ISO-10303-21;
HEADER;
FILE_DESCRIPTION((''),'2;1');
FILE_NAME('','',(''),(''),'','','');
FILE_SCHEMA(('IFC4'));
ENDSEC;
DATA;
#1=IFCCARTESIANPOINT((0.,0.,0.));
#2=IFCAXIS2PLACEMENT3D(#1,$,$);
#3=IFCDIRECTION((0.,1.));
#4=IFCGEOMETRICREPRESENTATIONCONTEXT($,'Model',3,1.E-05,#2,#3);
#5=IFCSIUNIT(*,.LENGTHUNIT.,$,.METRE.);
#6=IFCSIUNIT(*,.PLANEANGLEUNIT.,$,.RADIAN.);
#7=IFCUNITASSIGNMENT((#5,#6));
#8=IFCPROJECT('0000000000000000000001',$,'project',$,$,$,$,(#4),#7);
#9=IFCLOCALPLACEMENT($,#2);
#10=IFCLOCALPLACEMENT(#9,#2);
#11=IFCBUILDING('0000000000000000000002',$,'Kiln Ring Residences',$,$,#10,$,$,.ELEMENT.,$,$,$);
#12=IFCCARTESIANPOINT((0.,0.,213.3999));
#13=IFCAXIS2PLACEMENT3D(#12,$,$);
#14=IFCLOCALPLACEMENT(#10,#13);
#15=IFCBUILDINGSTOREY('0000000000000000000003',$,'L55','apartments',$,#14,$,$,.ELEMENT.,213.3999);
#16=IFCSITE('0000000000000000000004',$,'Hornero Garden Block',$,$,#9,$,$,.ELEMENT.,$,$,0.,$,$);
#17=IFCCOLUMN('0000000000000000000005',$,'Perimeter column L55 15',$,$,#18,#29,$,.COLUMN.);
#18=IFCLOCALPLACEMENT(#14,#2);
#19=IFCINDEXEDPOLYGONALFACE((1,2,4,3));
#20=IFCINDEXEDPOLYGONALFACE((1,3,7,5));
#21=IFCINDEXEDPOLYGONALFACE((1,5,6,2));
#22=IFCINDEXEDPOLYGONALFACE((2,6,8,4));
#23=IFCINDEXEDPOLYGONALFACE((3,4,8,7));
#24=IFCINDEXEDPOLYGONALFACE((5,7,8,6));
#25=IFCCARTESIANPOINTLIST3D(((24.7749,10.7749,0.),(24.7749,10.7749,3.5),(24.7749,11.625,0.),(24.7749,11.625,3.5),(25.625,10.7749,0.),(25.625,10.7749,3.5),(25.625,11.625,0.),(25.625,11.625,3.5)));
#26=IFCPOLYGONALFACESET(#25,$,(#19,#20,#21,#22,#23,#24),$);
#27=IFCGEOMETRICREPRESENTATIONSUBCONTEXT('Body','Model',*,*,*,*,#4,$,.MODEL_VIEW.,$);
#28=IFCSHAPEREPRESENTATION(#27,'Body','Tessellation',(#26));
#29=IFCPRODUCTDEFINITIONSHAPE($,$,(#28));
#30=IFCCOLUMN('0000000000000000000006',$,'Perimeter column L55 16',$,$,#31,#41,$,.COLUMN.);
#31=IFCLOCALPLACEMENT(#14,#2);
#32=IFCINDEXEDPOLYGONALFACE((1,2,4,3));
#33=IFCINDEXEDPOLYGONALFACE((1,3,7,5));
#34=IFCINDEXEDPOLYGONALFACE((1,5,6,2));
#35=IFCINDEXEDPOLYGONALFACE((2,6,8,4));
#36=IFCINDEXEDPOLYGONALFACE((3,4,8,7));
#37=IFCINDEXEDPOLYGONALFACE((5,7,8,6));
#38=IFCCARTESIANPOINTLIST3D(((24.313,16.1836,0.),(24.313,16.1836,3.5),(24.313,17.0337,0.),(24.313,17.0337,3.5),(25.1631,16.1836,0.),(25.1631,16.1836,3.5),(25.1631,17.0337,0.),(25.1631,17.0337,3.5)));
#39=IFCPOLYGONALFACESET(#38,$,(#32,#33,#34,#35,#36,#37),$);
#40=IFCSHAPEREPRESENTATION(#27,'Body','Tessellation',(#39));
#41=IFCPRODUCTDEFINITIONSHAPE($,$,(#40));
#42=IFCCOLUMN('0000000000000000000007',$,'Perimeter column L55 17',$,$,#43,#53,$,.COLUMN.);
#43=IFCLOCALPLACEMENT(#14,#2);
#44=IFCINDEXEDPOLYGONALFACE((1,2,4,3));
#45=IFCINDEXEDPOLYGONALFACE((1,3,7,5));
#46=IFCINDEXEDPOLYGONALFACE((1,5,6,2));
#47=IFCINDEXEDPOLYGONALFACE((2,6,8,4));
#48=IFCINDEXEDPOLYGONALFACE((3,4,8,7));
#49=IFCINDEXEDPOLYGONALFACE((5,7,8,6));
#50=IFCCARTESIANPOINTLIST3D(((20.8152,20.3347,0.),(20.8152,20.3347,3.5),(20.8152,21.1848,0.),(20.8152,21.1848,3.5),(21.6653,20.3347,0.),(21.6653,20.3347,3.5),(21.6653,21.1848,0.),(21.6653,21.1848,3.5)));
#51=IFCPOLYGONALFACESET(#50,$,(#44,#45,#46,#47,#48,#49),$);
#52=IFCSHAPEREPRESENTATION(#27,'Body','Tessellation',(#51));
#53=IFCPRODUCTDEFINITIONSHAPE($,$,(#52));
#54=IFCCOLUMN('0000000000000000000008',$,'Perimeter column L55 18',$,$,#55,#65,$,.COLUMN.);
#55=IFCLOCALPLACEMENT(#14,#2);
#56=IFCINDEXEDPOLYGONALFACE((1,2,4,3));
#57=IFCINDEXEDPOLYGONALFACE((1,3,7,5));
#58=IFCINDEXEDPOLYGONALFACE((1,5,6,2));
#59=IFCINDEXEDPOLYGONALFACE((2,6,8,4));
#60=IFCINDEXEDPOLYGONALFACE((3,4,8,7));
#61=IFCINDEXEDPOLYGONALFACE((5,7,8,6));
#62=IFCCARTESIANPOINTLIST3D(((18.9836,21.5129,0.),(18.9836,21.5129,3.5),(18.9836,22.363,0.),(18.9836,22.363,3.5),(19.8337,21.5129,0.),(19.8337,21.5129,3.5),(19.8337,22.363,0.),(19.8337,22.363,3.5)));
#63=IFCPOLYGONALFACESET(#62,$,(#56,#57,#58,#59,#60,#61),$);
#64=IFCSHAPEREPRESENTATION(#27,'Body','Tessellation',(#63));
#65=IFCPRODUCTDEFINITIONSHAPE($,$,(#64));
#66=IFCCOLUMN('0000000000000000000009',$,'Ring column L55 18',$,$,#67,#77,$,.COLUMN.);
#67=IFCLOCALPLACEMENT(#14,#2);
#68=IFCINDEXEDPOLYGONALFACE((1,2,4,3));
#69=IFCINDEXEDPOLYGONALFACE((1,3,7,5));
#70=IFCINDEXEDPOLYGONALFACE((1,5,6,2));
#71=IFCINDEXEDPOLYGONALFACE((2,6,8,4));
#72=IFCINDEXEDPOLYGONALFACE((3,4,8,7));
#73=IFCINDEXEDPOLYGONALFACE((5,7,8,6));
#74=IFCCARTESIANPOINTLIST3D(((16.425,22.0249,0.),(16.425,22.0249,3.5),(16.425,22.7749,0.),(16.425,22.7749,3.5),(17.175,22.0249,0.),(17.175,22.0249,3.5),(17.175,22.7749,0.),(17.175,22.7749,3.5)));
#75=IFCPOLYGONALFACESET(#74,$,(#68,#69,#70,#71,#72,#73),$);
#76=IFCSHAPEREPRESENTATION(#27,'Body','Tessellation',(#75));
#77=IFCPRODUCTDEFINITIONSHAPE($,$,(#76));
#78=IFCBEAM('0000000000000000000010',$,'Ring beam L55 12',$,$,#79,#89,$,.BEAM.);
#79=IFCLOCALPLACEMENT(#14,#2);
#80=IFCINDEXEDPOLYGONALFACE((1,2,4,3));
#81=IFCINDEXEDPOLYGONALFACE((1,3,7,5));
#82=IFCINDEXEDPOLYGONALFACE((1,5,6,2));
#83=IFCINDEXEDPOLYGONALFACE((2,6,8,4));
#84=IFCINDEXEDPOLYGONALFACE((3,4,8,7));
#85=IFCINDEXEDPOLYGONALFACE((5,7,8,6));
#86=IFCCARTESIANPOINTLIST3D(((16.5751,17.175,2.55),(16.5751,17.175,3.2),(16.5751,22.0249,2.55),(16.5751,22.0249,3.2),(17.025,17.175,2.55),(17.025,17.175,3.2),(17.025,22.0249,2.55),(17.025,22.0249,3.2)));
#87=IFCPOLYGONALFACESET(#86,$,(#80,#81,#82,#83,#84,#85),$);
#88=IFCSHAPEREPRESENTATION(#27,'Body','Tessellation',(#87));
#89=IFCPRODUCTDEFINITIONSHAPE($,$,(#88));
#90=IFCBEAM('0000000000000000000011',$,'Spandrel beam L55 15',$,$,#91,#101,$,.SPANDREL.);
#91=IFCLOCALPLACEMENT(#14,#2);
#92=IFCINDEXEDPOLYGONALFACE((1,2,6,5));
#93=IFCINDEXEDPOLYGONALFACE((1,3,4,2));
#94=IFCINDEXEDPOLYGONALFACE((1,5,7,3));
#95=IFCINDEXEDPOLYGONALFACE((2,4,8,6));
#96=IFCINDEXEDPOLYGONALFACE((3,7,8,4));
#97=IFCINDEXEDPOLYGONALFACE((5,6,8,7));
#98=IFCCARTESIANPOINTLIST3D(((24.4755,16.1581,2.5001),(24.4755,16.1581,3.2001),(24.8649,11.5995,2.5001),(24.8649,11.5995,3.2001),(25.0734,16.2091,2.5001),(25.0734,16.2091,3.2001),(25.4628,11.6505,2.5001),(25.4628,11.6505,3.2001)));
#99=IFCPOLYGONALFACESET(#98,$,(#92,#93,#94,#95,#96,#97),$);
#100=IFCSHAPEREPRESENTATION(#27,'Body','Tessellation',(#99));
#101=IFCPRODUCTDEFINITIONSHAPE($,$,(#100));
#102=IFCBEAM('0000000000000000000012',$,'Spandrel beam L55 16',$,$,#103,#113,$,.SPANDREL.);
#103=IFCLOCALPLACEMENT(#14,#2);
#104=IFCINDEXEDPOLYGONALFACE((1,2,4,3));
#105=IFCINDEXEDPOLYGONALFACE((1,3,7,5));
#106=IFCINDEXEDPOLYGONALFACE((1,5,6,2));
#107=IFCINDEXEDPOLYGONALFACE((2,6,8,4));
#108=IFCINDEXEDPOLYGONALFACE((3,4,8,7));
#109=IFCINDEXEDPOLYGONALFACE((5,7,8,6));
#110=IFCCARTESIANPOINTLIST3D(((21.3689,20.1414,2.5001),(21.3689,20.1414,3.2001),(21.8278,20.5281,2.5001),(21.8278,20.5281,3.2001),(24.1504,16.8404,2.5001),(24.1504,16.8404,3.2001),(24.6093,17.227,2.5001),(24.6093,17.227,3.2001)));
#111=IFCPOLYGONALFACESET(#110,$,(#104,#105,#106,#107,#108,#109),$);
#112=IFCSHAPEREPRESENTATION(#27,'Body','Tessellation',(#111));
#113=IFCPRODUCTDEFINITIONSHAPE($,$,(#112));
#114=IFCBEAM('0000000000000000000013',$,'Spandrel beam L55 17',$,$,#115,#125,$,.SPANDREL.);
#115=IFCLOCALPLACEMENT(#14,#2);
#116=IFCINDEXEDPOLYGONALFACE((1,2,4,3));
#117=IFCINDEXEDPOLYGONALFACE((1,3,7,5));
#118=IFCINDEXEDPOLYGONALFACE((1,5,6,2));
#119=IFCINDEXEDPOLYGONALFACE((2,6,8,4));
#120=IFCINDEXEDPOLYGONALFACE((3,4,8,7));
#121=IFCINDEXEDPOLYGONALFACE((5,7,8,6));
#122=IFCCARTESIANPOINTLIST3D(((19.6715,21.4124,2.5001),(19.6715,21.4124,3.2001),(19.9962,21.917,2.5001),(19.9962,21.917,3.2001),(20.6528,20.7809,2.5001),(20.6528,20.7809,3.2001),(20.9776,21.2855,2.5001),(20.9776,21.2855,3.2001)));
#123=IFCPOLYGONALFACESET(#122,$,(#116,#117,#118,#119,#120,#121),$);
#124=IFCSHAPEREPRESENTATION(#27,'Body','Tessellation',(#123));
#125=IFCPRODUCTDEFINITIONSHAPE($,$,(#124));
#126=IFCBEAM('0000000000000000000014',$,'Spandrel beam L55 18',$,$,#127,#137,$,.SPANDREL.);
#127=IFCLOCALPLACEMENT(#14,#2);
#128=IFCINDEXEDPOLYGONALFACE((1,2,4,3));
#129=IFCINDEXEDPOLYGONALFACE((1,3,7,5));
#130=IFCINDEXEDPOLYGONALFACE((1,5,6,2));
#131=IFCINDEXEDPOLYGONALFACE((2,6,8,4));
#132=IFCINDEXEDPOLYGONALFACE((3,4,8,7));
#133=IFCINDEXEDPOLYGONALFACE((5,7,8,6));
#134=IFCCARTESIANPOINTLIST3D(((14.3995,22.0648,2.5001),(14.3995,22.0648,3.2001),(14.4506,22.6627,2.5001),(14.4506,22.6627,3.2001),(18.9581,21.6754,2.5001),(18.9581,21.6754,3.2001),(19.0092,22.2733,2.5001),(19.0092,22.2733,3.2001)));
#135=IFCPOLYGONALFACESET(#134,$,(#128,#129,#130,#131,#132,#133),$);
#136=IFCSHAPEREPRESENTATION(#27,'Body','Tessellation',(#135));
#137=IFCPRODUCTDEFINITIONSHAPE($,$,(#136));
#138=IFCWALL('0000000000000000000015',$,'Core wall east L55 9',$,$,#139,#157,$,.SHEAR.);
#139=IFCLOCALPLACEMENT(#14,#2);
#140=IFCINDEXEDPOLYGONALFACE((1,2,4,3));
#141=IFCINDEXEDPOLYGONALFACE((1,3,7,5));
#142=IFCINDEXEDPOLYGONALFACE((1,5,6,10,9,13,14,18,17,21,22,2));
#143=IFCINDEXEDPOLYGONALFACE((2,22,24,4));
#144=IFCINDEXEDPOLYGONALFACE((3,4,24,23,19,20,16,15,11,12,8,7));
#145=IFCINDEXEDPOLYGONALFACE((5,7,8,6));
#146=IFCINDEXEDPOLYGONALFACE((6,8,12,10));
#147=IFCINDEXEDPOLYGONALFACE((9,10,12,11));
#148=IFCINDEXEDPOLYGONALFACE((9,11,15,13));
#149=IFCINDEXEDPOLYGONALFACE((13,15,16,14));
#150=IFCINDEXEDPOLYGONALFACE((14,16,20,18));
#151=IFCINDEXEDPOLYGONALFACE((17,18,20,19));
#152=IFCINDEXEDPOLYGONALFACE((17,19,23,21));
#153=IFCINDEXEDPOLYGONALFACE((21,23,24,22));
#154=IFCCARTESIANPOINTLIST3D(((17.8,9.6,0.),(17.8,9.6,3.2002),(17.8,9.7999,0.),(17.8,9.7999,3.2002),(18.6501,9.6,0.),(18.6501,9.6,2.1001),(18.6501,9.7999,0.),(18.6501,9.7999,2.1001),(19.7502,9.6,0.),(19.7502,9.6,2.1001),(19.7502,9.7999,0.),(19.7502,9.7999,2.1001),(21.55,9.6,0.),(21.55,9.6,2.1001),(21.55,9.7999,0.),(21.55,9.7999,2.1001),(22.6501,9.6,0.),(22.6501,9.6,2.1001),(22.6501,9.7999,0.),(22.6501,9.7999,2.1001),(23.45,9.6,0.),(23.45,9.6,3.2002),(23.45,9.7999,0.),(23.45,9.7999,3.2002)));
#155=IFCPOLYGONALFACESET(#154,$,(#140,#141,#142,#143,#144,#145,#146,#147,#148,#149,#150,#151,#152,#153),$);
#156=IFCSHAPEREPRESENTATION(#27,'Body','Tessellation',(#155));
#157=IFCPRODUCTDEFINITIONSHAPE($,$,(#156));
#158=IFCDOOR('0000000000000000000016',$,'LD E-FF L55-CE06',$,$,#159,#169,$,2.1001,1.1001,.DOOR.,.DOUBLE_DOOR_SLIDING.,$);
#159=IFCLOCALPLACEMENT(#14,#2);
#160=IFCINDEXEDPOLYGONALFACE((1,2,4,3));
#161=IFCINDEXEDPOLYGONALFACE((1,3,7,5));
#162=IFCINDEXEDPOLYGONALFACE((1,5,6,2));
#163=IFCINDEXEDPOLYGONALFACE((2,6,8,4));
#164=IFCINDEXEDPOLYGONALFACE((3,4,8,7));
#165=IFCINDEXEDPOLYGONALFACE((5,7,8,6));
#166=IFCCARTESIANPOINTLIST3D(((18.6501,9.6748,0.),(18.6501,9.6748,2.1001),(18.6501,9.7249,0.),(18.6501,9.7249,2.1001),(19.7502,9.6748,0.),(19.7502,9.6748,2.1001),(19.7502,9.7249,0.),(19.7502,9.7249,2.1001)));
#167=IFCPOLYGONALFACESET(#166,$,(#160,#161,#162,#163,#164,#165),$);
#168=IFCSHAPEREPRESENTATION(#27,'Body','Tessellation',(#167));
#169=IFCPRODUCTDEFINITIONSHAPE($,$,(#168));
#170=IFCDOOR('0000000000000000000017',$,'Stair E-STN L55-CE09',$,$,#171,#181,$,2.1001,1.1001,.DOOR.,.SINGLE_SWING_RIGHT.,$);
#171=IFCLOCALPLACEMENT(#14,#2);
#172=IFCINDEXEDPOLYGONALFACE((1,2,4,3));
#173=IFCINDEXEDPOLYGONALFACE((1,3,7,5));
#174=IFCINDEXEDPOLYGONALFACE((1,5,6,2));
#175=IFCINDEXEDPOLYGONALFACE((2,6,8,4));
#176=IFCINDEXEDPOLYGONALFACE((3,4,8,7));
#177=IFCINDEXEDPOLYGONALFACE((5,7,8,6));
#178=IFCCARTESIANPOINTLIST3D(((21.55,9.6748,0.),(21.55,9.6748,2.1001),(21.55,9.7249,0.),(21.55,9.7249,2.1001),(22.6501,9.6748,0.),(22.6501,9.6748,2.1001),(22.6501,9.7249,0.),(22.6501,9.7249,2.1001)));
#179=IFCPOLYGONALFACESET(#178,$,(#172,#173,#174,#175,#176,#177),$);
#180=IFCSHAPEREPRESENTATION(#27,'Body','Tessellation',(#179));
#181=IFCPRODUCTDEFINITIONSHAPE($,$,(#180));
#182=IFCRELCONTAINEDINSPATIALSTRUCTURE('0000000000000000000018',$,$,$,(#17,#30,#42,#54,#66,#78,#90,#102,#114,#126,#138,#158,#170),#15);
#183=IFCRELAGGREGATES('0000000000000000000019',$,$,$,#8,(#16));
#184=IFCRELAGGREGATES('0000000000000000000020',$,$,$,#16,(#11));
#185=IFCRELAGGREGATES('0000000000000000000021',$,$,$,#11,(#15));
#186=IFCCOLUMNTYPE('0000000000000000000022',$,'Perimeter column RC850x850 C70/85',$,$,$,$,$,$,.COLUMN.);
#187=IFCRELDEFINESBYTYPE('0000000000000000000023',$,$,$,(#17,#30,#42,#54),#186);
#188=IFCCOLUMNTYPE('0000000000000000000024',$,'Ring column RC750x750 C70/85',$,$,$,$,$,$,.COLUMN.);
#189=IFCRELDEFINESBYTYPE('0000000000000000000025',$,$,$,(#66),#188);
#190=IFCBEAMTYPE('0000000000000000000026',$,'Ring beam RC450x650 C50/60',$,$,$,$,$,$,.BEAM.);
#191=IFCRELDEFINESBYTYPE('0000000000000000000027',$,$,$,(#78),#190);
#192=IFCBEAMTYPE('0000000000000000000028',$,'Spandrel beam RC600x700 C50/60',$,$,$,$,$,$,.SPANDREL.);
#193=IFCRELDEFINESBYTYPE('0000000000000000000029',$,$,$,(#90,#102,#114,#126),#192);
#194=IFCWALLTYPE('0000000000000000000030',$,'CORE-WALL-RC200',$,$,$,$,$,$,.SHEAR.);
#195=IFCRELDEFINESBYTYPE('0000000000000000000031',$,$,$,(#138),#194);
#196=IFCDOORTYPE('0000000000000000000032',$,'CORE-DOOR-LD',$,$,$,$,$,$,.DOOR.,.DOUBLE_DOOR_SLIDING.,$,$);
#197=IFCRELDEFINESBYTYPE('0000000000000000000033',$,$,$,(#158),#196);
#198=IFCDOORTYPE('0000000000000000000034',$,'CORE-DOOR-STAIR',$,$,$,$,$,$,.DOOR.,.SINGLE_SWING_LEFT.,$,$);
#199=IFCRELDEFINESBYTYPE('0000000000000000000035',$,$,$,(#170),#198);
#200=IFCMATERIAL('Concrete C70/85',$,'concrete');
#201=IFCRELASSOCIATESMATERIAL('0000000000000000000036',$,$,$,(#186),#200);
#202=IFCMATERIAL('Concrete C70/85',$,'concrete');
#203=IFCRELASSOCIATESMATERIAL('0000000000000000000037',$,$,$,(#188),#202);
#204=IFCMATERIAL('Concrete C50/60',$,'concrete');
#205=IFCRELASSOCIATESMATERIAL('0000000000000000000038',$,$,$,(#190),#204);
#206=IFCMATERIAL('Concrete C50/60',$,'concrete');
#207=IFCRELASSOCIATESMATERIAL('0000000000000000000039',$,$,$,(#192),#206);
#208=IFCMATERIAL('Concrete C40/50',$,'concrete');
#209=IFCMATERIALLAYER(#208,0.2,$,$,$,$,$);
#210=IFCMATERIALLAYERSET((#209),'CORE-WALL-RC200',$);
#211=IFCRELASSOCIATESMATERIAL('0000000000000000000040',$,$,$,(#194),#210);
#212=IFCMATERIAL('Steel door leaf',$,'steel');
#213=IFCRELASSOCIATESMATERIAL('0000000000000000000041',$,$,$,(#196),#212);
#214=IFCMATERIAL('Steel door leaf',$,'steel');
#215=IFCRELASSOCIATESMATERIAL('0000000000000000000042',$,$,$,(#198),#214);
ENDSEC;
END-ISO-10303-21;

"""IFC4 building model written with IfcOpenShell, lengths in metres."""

from ifc_helpers import new_model, si_unit, direction, frame, frame_2d, origin, origin_2d, place, context, subcontext, project, spatial, rectangle, extrude, material, layer, layer_set, material_profile, profile_set, type_object, element, fill, save


model = new_model("IFC4")

# Units and contexts
model_context = context("Model", 3, precision=1e-05, world=origin(), true_north=direction((0.0, 1.0)))
body_context = subcontext(model_context, "Body", "Model", "MODEL_VIEW")
ifc_project = project(units=[si_unit("LENGTHUNIT", "METRE"), si_unit("PLANEANGLEUNIT", "RADIAN")], contexts=[model_context])

# Site, building, storey
site_placement = place(None, origin())
site = spatial("IfcSite", under=ifc_project, at=site_placement, Name="Hornero Garden Block", CompositionType="ELEMENT", RefElevation=0.0)
building_placement = place(site_placement, origin())
building = spatial("IfcBuilding", under=site, at=building_placement, Name="Kiln Ring Residences", CompositionType="ELEMENT")
storey_placement = place(building_placement, frame((0.0, 0.0, 213.3999)))
storey = spatial("IfcBuildingStorey", under=building, at=storey_placement, Name="L55", Description="apartments", CompositionType="ELEMENT", Elevation=213.3999)

# Columns
ifc_material_1 = material(Name="Concrete C70/85", Category="concrete")
ifc_material_profile_1 = material_profile(ifc_material_1, rectangle(XDim=0.8501, YDim=0.8501, at=origin_2d()), Name="RC850x850")
ifc_profile_set_1 = profile_set([ifc_material_profile_1], Name="Concrete C70/85")
column_type_1 = type_object("IfcColumnType", Name="Perimeter column RC850x850 C70/85", PredefinedType="COLUMN", material=ifc_profile_set_1)
for number, where, z_axis, x_axis, name in (
    (1, (25.2, 11.2, 0.0), (0.0, 0.0, 1.0), (1.0, 0.0, 0.0), "Perimeter column L55 15"),
    (2, (24.738, 16.6086, 0.0), (0.0, 0.0, 1.0), (1.0, 0.0, 0.0), "Perimeter column L55 16"),
    (3, (21.2402, 20.7598, 0.0), (0.0, 0.0, 1.0), (1.0, 0.0, 0.0), "Perimeter column L55 17"),
    (4, (19.4087, 21.938, 0.0), (0.0, 0.0, 1.0), (1.0, 0.0, 0.0), "Perimeter column L55 18"),
):
    element("IfcColumn", number, at=place(storey_placement, frame(where, z_axis=z_axis, x_axis=x_axis)), inside=storey, type_object=column_type_1, Name=name, PredefinedType="COLUMN", context=body_context, shape_type="SweptSolid", body=[
        extrude(rectangle(XDim=0.8501, YDim=0.8501, at=origin_2d()), origin(), (0.0, 0.0, 1.0), 3.5),
    ])
ifc_material_2 = material(Name="Concrete C70/85", Category="concrete")
ifc_material_profile_2 = material_profile(ifc_material_2, rectangle(XDim=0.75, YDim=0.75, at=origin_2d()), Name="RC750x750")
ifc_profile_set_2 = profile_set([ifc_material_profile_2], Name="Concrete C70/85")
column_type_2 = type_object("IfcColumnType", Name="Ring column RC750x750 C70/85", PredefinedType="COLUMN", material=ifc_profile_set_2)
column_placement = place(storey_placement, frame((16.8, 22.3999, 0.0), z_axis=(0.0, 0.0, 1.0), x_axis=(1.0, 0.0, 0.0)))
element("IfcColumn", 5, at=column_placement, inside=storey, type_object=column_type_2, Name="Ring column L55 18", PredefinedType="COLUMN", context=body_context, shape_type="SweptSolid", body=[
    extrude(rectangle(XDim=0.75, YDim=0.75, at=origin_2d()), origin(), (0.0, 0.0, 1.0), 3.5),
])

# Beams
ifc_material_3 = material(Name="Concrete C50/60", Category="concrete")
ifc_material_profile_3 = material_profile(ifc_material_3, rectangle(XDim=0.45, YDim=0.6499, at=origin_2d()), Name="RC450x650")
ifc_profile_set_3 = profile_set([ifc_material_profile_3], Name="Concrete C50/60")
beam_type_1 = type_object("IfcBeamType", Name="Ring beam RC450x650 C50/60", PredefinedType="BEAM", material=ifc_profile_set_3)
beam_1_placement = place(storey_placement, frame((16.8, 17.175, 2.875), z_axis=(0.0, 1.0, 0.0), x_axis=(-1.0, 0.0, 0.0)))
element("IfcBeam", 6, at=beam_1_placement, inside=storey, type_object=beam_type_1, Name="Ring beam L55 12", PredefinedType="BEAM", context=body_context, shape_type="SweptSolid", body=[
    extrude(rectangle(XDim=0.45, YDim=0.6499, at=origin_2d()), origin(), (0.0, 0.0, 1.0), 4.8499),
])
ifc_material_4 = material(Name="Concrete C50/60", Category="concrete")
ifc_material_profile_4 = material_profile(ifc_material_4, rectangle(XDim=0.6001, YDim=0.7, at=origin_2d()), Name="RC600x700")
ifc_profile_set_4 = profile_set([ifc_material_profile_4], Name="Concrete C50/60")
beam_type_2 = type_object("IfcBeamType", Name="Spandrel beam RC600x700 C50/60", PredefinedType="SPANDREL", material=ifc_profile_set_4)
beam_2_placement = place(storey_placement, frame((25.1638, 11.625, 2.8501), z_axis=(-0.085112, 0.996371, 0.0), x_axis=(-0.996371, -0.085112, 0.0)))
element("IfcBeam", 7, at=beam_2_placement, inside=storey, type_object=beam_type_2, Name="Spandrel beam L55 15", PredefinedType="SPANDREL", context=body_context, shape_type="SweptSolid", body=[
    extrude(rectangle(XDim=0.6001, YDim=0.7, at=origin_2d()), origin(), (0.0, 0.0, 1.0), 4.5752),
])
beam_3_placement = place(storey_placement, frame((24.3799, 17.0337, 2.8501), z_axis=(-0.644364, 0.764719, 0.0), x_axis=(-0.764719, -0.644364, 0.0)))
element("IfcBeam", 8, at=beam_3_placement, inside=storey, type_object=beam_type_2, Name="Spandrel beam L55 16", PredefinedType="SPANDREL", context=body_context, shape_type="SweptSolid", body=[
    extrude(rectangle(XDim=0.6001, YDim=0.7, at=origin_2d()), origin(), (0.0, 0.0, 1.0), 4.3167),
])
beam_4_placement = place(storey_placement, frame((20.8152, 21.0332, 2.8501), z_axis=(-0.84092, 0.541159, 0.0), x_axis=(-0.541159, -0.84092, 0.0)))
element("IfcBeam", 9, at=beam_4_placement, inside=storey, type_object=beam_type_2, Name="Spandrel beam L55 17", PredefinedType="SPANDREL", context=body_context, shape_type="SweptSolid", body=[
    extrude(rectangle(XDim=0.6001, YDim=0.7, at=origin_2d()), origin(), (0.0, 0.0, 1.0), 1.167),
])
beam_5_placement = place(storey_placement, frame((18.9836, 21.9744, 2.8501), z_axis=(-0.996371, 0.085112, 0.0), x_axis=(-0.085112, -0.996371, 0.0)))
element("IfcBeam", 10, at=beam_5_placement, inside=storey, type_object=beam_type_2, Name="Spandrel beam L55 18", PredefinedType="SPANDREL", context=body_context, shape_type="SweptSolid", body=[
    extrude(rectangle(XDim=0.6001, YDim=0.7, at=origin_2d()), origin(), (0.0, 0.0, 1.0), 4.5752),
])

# Wall, openings, doors
ifc_material_5 = material(Name="Concrete C40/50", Category="concrete")
ifc_layer_1 = layer(ifc_material_5, 0.2)
ifc_layer_set_1 = layer_set([ifc_layer_1], Name="CORE-WALL-RC200")
wall_type_1 = type_object("IfcWallType", Name="CORE-WALL-RC200", PredefinedType="SHEAR", material=ifc_layer_set_1)
wall_1_placement = place(storey_placement, frame((17.8, 9.7, 0.0), z_axis=(0.0, 0.0, 1.0), x_axis=(1.0, 0.0, 0.0)))
wall_1 = element("IfcWall", 11, at=wall_1_placement, inside=storey, type_object=wall_type_1, Name="Core wall east L55 9", PredefinedType="SHEAR", context=body_context, shape_type="SweptSolid", body=[
    extrude(rectangle(XDim=5.6499, YDim=0.2, at=frame_2d((2.825, 0.0))), origin(), (0.0, 0.0, 1.0), 3.2002),
])
opening_1_placement = place(wall_1_placement, frame((0.8501, 0.0, 0.0)))
opening_1 = element("IfcOpeningElement", 12, at=opening_1_placement, cuts=wall_1, PredefinedType="OPENING", context=body_context, shape_type="SweptSolid", body=[
    extrude(rectangle(XDim=1.1001, YDim=2.1001, at=frame_2d((0.55, 1.05))), frame((0.0, 0.1099, 0.0), z_axis=(0.0, -1.0, 0.0), x_axis=(1.0, 0.0, 0.0)), (0.0, 0.0, 1.0), 0.22),
])
opening_2_placement = place(wall_1_placement, frame((3.75, 0.0, 0.0)))
opening_2 = element("IfcOpeningElement", 13, at=opening_2_placement, cuts=wall_1, PredefinedType="OPENING", context=body_context, shape_type="SweptSolid", body=[
    extrude(rectangle(XDim=1.1001, YDim=2.1001, at=frame_2d((0.55, 1.05))), frame((0.0, 0.1099, 0.0), z_axis=(0.0, -1.0, 0.0), x_axis=(1.0, 0.0, 0.0)), (0.0, 0.0, 1.0), 0.22),
])
ifc_material_6 = material(Name="Steel door leaf", Category="steel")
door_type_1 = type_object("IfcDoorType", Name="CORE-DOOR-LD", OperationType="DOUBLE_DOOR_SLIDING", PredefinedType="DOOR", material=ifc_material_6)
door_1_placement = place(opening_1_placement, origin())
door_1 = element("IfcDoor", 14, at=door_1_placement, inside=storey, type_object=door_type_1, Name="LD E-FF L55-CE06", OperationType="DOUBLE_DOOR_SLIDING", OverallHeight=2.1001, OverallWidth=1.1001, PredefinedType="DOOR", context=body_context, shape_type="SweptSolid", body=[
    extrude(rectangle(XDim=1.1001, YDim=2.1001, at=frame_2d((0.55, 1.05))), frame((0.0, 0.0249, 0.0), z_axis=(0.0, -1.0, 0.0), x_axis=(1.0, 0.0, 0.0)), (0.0, 0.0, 1.0), 0.05),
])
fill(opening_1, door_1)
ifc_material_7 = material(Name="Steel door leaf", Category="steel")
door_type_2 = type_object("IfcDoorType", Name="CORE-DOOR-STAIR", OperationType="SINGLE_SWING_LEFT", PredefinedType="DOOR", material=ifc_material_7)
door_2_placement = place(opening_2_placement, origin())
door_2 = element("IfcDoor", 15, at=door_2_placement, inside=storey, type_object=door_type_2, Name="Stair E-STN L55-CE09", OperationType="SINGLE_SWING_RIGHT", OverallHeight=2.1001, OverallWidth=1.1001, PredefinedType="DOOR", context=body_context, shape_type="SweptSolid", body=[
    extrude(rectangle(XDim=1.1001, YDim=2.1001, at=frame_2d((0.55, 1.05))), frame((0.0, 0.0249, 0.0), z_axis=(0.0, -1.0, 0.0), x_axis=(1.0, 0.0, 0.0)), (0.0, 0.0, 1.0), 0.05),
])
fill(opening_2, door_2)

save(model, "model.ifc")
